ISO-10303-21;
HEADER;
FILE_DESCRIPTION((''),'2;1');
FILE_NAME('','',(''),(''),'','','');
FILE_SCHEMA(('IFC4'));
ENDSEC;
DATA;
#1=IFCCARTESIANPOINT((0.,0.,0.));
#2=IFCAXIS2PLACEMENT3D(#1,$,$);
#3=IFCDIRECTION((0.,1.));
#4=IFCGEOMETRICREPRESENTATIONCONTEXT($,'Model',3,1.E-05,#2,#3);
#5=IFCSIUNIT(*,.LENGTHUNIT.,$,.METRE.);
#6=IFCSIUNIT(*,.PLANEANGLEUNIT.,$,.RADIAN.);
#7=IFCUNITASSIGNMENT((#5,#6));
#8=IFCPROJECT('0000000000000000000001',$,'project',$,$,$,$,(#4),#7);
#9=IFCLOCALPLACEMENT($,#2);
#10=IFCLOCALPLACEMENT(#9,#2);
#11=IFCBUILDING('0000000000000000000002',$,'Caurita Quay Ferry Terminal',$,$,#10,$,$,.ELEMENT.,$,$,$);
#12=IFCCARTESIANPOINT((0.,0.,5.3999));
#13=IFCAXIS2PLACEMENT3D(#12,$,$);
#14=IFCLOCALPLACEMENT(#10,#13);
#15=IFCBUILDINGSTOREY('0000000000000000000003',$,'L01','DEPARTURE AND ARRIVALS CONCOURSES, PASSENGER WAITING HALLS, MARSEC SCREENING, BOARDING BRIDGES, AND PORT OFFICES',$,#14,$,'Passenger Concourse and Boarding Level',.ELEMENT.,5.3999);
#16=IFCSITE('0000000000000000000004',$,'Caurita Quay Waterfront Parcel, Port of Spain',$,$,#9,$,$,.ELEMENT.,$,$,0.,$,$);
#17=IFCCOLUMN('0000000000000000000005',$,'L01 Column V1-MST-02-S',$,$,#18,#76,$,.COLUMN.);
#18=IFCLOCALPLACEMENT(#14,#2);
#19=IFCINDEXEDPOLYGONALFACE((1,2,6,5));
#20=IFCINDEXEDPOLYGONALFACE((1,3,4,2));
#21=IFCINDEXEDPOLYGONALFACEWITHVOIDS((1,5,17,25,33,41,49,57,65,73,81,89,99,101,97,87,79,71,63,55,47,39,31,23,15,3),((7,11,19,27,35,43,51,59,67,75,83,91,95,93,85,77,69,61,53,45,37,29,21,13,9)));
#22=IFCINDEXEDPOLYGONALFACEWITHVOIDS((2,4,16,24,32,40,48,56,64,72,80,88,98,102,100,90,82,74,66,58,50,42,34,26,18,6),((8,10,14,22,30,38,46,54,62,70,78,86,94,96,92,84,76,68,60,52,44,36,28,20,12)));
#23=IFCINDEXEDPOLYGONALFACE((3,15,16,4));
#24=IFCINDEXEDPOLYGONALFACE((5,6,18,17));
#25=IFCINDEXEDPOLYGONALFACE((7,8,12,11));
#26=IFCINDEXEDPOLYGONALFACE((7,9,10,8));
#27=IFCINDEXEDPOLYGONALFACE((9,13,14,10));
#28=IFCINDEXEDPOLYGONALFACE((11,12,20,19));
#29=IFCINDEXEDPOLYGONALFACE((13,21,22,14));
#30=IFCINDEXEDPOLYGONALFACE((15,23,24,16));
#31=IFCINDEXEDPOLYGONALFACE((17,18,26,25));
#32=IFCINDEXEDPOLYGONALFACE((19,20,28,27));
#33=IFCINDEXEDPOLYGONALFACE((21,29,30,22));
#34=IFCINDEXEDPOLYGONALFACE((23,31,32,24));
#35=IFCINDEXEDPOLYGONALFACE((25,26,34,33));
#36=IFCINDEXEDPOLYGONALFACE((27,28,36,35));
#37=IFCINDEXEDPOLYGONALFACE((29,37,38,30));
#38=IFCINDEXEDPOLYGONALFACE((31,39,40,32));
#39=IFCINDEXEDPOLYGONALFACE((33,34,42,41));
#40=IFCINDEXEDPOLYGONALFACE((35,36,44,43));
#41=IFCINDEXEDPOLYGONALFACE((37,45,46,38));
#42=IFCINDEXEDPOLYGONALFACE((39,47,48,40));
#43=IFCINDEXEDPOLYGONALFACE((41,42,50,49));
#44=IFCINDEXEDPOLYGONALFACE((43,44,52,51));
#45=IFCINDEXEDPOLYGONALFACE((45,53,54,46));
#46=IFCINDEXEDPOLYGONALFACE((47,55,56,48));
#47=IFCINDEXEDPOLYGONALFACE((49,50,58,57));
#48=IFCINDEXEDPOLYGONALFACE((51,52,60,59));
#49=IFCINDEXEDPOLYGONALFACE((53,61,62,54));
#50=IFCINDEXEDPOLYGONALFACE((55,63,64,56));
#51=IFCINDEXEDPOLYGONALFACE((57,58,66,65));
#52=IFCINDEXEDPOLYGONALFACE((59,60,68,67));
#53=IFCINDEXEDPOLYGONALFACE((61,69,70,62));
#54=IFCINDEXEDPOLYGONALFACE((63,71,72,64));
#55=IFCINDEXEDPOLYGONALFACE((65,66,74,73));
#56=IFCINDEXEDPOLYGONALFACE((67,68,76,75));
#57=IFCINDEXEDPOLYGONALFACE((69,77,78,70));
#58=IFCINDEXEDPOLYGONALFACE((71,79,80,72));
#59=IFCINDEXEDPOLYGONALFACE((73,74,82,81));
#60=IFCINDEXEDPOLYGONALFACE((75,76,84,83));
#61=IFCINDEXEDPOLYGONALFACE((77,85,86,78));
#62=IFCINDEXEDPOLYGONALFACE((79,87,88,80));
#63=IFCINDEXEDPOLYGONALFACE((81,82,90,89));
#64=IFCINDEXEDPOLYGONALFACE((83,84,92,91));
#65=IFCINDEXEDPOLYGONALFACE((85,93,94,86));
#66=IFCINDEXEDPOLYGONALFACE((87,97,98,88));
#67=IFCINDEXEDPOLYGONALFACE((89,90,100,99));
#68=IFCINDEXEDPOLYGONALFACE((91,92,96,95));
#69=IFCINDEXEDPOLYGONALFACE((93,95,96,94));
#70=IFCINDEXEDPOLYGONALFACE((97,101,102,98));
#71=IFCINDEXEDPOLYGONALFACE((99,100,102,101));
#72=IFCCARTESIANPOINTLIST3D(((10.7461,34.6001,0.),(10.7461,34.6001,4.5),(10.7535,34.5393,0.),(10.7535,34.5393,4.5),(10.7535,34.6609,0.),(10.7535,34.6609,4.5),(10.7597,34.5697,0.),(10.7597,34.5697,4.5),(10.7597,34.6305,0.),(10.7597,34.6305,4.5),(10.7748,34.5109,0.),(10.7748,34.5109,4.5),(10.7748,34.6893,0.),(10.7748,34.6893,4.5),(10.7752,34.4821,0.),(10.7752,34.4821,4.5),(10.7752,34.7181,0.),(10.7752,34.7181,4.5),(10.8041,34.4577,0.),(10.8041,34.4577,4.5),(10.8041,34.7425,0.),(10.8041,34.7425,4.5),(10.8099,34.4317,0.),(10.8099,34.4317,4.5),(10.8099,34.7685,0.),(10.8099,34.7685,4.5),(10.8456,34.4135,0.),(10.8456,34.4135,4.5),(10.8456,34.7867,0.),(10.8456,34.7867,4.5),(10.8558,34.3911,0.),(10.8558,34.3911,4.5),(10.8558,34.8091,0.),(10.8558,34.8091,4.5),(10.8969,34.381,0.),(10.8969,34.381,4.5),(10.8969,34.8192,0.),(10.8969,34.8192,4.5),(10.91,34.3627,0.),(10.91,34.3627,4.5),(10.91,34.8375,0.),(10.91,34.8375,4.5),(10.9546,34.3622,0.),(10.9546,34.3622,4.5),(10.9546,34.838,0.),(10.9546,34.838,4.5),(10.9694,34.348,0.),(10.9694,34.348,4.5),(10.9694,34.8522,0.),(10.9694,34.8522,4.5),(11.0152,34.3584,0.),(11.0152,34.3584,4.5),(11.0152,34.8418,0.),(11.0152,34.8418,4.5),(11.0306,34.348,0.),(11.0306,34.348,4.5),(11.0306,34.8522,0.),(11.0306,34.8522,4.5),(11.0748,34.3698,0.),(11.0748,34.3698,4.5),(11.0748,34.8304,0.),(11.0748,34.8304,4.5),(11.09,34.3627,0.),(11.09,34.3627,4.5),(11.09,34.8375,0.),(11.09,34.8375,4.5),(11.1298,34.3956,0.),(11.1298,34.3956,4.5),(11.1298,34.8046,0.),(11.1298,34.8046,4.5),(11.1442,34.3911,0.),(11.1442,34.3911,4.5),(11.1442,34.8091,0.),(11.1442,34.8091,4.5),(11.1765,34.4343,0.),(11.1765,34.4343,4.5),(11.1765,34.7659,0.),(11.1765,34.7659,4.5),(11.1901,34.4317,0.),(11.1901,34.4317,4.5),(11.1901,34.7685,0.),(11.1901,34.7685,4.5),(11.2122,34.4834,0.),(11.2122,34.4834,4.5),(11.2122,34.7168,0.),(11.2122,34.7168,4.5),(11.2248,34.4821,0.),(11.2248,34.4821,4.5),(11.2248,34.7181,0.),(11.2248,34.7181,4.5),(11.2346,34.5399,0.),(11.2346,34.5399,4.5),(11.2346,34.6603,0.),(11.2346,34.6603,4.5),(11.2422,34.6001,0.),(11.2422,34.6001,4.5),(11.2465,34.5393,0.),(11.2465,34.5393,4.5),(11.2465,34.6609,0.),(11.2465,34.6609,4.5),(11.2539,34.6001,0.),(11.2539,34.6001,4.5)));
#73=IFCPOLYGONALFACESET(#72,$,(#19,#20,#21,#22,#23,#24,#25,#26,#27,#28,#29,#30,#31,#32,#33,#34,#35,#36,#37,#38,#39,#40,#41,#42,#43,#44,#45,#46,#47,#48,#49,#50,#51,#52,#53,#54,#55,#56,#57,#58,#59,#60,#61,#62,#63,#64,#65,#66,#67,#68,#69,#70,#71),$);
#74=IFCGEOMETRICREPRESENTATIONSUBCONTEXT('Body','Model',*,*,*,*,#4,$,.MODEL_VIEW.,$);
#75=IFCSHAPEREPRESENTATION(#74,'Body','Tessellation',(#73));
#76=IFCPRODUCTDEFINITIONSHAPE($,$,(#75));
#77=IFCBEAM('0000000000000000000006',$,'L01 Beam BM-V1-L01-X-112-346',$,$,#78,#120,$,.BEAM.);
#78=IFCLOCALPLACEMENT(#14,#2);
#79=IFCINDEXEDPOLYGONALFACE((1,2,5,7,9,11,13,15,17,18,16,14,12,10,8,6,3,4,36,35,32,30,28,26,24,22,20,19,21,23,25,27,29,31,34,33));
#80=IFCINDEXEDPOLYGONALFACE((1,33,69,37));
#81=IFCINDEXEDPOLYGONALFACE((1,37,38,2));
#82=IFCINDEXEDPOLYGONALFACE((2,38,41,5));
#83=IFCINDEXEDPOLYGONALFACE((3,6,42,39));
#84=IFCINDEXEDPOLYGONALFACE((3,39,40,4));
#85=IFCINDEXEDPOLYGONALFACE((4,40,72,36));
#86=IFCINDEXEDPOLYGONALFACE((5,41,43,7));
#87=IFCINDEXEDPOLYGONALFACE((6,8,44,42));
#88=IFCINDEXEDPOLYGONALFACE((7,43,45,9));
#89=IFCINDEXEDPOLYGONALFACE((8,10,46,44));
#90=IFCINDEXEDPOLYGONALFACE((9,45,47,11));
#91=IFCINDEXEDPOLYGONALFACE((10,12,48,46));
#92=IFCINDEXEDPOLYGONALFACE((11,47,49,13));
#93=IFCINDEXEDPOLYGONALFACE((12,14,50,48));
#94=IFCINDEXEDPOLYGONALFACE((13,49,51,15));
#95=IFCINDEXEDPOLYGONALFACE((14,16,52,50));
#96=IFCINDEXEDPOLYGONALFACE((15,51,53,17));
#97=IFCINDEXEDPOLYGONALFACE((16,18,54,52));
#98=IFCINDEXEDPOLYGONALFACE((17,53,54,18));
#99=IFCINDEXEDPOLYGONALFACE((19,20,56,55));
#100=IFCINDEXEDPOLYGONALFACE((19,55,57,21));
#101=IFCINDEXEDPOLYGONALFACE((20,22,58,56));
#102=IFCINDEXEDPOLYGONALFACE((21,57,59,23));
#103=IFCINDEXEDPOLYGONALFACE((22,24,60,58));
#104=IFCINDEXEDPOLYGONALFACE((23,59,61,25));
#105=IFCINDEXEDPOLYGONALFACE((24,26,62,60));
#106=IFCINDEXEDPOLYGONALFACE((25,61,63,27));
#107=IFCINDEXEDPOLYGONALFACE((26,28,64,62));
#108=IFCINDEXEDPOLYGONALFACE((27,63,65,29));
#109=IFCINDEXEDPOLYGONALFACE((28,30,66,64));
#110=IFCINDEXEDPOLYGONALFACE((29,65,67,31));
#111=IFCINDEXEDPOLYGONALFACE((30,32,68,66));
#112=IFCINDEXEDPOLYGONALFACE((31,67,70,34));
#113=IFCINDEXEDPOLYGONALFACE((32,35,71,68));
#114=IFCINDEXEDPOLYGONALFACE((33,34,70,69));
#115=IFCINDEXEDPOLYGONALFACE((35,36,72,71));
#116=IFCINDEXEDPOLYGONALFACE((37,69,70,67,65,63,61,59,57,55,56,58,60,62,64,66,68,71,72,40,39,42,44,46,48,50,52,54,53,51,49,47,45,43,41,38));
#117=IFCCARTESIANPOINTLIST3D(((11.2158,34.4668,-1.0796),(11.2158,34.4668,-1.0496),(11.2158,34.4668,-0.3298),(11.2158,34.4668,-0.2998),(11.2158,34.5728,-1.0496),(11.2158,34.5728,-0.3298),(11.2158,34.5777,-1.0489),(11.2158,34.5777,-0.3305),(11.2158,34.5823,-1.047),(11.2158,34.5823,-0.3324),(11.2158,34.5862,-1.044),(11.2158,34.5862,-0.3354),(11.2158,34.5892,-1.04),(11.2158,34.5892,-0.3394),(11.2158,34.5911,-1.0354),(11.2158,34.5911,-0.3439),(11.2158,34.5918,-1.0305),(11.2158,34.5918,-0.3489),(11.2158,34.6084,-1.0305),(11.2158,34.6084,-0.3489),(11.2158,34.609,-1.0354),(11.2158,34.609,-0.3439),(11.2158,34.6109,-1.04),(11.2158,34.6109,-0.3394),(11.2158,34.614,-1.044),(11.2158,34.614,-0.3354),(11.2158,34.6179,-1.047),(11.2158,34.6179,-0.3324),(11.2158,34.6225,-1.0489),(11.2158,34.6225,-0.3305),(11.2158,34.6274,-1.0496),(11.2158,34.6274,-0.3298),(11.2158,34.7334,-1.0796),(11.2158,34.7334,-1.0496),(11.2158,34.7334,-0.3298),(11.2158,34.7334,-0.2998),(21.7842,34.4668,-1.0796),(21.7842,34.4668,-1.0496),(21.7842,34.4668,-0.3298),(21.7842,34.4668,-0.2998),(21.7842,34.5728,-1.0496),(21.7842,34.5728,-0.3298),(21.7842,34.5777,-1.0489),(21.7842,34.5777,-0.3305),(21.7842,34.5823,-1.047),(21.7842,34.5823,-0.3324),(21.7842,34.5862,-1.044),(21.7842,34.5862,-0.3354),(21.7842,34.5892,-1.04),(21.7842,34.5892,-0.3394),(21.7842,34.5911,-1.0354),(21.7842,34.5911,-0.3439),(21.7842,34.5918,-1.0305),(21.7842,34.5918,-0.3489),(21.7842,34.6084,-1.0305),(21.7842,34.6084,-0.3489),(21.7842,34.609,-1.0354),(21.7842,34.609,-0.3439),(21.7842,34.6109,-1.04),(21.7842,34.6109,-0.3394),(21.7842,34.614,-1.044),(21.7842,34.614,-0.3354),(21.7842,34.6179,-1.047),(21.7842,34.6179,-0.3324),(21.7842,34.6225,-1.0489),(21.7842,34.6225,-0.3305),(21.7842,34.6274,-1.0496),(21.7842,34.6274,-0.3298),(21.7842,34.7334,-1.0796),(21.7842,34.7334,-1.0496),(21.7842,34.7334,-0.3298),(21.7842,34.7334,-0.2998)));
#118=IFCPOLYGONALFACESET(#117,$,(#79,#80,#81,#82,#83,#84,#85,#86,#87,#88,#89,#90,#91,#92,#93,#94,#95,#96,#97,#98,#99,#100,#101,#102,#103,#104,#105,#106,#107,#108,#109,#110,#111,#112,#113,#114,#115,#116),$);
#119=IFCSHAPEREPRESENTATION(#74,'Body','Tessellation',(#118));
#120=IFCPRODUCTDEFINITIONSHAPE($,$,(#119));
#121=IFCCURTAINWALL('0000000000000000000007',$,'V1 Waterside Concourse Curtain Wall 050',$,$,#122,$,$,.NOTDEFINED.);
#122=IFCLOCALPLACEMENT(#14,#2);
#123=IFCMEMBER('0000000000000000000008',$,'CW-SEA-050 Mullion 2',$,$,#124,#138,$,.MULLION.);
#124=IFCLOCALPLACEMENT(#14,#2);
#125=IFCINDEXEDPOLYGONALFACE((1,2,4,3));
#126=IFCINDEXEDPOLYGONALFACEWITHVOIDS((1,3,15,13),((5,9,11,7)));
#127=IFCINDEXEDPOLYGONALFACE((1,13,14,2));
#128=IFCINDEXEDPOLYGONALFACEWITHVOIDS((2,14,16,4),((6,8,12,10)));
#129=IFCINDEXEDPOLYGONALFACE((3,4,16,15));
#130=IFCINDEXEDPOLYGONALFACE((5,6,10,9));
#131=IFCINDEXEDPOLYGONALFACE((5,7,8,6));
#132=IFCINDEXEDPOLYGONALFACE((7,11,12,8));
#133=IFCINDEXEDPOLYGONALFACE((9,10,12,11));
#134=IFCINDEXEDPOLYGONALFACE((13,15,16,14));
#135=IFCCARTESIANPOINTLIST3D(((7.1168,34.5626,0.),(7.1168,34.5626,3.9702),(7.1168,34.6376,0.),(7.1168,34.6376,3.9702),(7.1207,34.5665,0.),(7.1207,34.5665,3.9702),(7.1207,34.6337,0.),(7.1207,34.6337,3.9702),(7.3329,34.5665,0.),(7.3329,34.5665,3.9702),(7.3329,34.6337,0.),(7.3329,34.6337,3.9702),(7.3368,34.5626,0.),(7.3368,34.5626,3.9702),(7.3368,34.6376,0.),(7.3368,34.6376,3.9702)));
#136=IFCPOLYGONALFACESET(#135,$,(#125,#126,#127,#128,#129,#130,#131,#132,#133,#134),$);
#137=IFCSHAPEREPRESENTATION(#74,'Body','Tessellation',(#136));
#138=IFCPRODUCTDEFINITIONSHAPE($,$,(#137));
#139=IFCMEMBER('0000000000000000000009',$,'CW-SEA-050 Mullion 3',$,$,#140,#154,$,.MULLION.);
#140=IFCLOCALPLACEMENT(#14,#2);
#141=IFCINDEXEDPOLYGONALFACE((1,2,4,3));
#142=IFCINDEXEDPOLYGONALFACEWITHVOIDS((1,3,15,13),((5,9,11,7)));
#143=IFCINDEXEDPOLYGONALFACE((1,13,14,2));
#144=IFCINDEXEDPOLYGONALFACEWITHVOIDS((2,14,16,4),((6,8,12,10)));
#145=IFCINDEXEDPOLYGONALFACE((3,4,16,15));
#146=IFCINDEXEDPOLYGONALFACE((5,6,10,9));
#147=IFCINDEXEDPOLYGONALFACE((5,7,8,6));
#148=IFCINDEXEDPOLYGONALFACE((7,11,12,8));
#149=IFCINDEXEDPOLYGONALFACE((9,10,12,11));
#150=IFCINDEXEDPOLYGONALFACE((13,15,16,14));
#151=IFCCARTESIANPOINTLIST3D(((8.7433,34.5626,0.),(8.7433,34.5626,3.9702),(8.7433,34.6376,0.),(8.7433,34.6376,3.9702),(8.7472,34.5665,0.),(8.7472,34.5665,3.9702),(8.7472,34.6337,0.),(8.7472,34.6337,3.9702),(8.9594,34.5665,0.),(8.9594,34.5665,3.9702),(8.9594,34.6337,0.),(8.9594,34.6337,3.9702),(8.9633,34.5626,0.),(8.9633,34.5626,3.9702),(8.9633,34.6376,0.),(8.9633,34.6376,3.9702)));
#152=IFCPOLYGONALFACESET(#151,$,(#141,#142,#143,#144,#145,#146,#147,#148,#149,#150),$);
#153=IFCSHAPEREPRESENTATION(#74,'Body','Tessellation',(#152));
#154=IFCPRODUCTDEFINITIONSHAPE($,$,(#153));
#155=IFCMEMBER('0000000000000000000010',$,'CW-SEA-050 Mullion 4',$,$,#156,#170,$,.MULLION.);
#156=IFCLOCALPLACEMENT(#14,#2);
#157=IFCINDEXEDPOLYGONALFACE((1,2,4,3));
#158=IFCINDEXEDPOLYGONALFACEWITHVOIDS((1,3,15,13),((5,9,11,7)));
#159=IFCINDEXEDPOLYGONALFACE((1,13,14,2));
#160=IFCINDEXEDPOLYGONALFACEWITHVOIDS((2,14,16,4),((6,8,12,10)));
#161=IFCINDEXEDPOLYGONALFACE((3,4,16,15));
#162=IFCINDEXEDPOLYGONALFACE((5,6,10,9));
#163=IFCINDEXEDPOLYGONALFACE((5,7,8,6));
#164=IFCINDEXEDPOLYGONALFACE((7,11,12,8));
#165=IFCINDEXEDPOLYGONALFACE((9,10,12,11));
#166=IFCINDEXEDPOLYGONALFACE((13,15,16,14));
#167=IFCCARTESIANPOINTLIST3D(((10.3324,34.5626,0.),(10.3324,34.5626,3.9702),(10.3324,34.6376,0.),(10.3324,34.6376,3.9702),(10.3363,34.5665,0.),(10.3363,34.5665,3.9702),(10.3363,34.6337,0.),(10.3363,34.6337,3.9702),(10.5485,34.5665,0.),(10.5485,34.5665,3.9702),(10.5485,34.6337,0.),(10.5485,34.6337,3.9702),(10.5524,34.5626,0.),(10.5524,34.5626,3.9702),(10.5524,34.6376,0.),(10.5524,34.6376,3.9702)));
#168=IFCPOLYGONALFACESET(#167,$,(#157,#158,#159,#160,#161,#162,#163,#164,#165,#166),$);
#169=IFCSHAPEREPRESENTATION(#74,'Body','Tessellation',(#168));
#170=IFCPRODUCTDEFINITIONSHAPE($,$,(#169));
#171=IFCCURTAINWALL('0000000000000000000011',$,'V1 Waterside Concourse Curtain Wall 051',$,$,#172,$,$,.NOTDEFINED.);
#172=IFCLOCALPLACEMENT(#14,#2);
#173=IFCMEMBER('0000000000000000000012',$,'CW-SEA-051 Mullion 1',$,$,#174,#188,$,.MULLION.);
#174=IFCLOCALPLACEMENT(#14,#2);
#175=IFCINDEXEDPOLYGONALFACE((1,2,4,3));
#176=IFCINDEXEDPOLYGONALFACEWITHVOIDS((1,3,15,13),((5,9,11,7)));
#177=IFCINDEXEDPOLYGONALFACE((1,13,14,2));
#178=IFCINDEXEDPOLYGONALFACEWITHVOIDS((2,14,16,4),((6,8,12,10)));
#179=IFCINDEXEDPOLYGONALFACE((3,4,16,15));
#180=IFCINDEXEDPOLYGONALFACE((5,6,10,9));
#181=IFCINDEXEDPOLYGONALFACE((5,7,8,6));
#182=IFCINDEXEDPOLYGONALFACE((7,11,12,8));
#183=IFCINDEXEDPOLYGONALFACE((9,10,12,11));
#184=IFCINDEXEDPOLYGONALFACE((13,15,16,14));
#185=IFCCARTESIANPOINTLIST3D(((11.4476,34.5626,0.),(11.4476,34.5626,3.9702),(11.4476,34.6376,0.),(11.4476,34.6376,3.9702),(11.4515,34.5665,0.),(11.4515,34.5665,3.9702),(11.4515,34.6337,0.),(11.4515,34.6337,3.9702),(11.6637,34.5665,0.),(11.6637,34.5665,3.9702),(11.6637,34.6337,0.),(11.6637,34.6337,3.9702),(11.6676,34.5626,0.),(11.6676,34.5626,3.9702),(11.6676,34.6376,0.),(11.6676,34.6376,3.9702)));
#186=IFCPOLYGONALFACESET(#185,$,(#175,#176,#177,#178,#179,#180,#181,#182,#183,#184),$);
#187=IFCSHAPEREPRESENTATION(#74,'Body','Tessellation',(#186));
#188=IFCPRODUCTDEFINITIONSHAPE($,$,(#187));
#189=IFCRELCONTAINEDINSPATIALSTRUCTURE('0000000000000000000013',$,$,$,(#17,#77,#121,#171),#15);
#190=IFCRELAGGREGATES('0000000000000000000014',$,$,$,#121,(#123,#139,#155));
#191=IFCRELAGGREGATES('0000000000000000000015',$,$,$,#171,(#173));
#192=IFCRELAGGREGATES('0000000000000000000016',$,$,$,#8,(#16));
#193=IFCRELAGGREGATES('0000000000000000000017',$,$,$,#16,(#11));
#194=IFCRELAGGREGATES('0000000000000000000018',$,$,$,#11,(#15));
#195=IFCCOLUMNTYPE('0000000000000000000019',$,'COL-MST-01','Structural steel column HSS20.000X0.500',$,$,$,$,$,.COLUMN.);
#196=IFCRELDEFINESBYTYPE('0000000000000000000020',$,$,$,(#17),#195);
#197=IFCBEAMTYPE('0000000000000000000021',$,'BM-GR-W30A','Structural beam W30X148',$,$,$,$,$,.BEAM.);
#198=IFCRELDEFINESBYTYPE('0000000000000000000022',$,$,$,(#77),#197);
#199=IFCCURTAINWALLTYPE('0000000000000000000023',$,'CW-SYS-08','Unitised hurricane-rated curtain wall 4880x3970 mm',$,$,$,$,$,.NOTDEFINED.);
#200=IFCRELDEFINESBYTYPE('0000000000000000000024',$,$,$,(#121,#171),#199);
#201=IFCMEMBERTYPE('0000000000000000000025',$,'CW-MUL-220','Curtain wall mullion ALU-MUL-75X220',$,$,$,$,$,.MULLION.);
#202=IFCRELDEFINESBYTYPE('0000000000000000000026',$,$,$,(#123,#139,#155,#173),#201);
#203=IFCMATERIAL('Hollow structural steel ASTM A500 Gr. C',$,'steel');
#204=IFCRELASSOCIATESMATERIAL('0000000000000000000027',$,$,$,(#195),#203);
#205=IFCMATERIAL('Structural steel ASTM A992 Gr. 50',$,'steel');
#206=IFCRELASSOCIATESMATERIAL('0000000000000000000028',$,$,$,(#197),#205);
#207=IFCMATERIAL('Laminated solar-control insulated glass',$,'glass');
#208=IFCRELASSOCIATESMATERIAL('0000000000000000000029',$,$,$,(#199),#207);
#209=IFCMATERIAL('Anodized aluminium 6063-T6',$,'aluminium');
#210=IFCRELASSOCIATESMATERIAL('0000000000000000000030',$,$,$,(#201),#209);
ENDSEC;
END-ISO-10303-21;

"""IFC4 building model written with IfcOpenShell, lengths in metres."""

from ifc_helpers import new_model, si_unit, direction, frame, origin, origin_2d, place, context, subcontext, project, spatial, hollow_rectangle, hollow_circle, i_section, extrude, material, material_profile, profile_set, type_object, element, aggregate, save


model = new_model("IFC4")

# Units and contexts
model_context = context("Model", 3, precision=1e-05, world=origin(), true_north=direction((0.0, 1.0)))
body_context = subcontext(model_context, "Body", "Model", "MODEL_VIEW")
ifc_project = project(units=[si_unit("LENGTHUNIT", "METRE"), si_unit("PLANEANGLEUNIT", "RADIAN")], contexts=[model_context])

# Site, building, storey
site_placement = place(None, origin())
site = spatial("IfcSite", under=ifc_project, at=site_placement, Name="Caurita Quay Waterfront Parcel, Port of Spain", CompositionType="ELEMENT", RefElevation=0.0)
building_placement = place(site_placement, origin())
building = spatial("IfcBuilding", under=site, at=building_placement, Name="Caurita Quay Ferry Terminal", CompositionType="ELEMENT")
storey_placement = place(building_placement, frame((0.0, 0.0, 5.3999)))
storey = spatial("IfcBuildingStorey", under=building, at=storey_placement, Name="L01", Description="DEPARTURE AND ARRIVALS CONCOURSES, PASSENGER WAITING HALLS, MARSEC SCREENING, BOARDING BRIDGES, AND PORT OFFICES", LongName="Passenger Concourse and Boarding Level", CompositionType="ELEMENT", Elevation=5.3999)

# Column
ifc_material_1 = material(Name="Hollow structural steel ASTM A500 Gr. C", Category="steel")
ifc_material_profile_1 = material_profile(ifc_material_1, hollow_circle(Radius=0.2539, WallThickness=0.0117, at=origin_2d()), Name="HSS20.000X0.500")
ifc_profile_set_1 = profile_set([ifc_material_profile_1], Name="Hollow structural steel ASTM A500 Gr. C")
column_type = type_object("IfcColumnType", Name="COL-MST-01", Description="Structural steel column HSS20.000X0.500", PredefinedType="COLUMN", material=ifc_profile_set_1)
column_placement = place(storey_placement, frame((11.0, 34.6001, 0.0), z_axis=(0.0, 0.0, 1.0), x_axis=(1.0, 0.0, 0.0)))
element("IfcColumn", 1, at=column_placement, inside=storey, type_object=column_type, Name="L01 Column V1-MST-02-S", PredefinedType="COLUMN", context=body_context, shape_type="SweptSolid", body=[
    extrude(hollow_circle(Radius=0.2539, WallThickness=0.0117, at=origin_2d()), origin(), (0.0, 0.0, 1.0), 4.5),
])

# Beam
ifc_material_2 = material(Name="Structural steel ASTM A992 Gr. 50", Category="steel")
ifc_material_profile_2 = material_profile(ifc_material_2, i_section(OverallWidth=0.2666, OverallDepth=0.7798, WebThickness=0.0166, FlangeThickness=0.03, FilletRadius=0.019, at=origin_2d()), Name="W30X148")
ifc_profile_set_2 = profile_set([ifc_material_profile_2], Name="Structural steel ASTM A992 Gr. 50")
beam_type = type_object("IfcBeamType", Name="BM-GR-W30A", Description="Structural beam W30X148", PredefinedType="BEAM", material=ifc_profile_set_2)
beam_placement = place(storey_placement, frame((11.2158, 34.6001, -0.6897), z_axis=(1.0, 0.0, 0.0), x_axis=(0.0, 1.0, 0.0)))
element("IfcBeam", 2, at=beam_placement, inside=storey, type_object=beam_type, Name="L01 Beam BM-V1-L01-X-112-346", PredefinedType="BEAM", context=body_context, shape_type="SweptSolid", body=[
    extrude(i_section(OverallWidth=0.2666, OverallDepth=0.7798, WebThickness=0.0166, FlangeThickness=0.03, FilletRadius=0.019, at=origin_2d()), origin(), (0.0, 0.0, 1.0), 10.5684),
])

# Curtain walls, members
ifc_material_3 = material(Name="Laminated solar-control insulated glass", Category="glass")
curtain_wall_type = type_object("IfcCurtainWallType", Name="CW-SYS-08", Description="Unitised hurricane-rated curtain wall 4880x3970 mm", PredefinedType="NOTDEFINED", material=ifc_material_3)
curtain_wall_1_placement = place(storey_placement, origin())
curtain_wall_1 = element("IfcCurtainWall", 3, at=curtain_wall_1_placement, inside=storey, type_object=curtain_wall_type, Name="V1 Waterside Concourse Curtain Wall 050", PredefinedType="NOTDEFINED")
ifc_material_4 = material(Name="Anodized aluminium 6063-T6", Category="aluminium")
ifc_material_profile_3 = material_profile(ifc_material_4, hollow_rectangle(XDim=0.075, YDim=0.22, WallThickness=0.0039, at=origin_2d()), Name="ALU-MUL-75X220")
ifc_profile_set_3 = profile_set([ifc_material_profile_3], Name="Anodized aluminium 6063-T6")
member_type_1 = type_object("IfcMemberType", Name="CW-MUL-220", Description="Curtain wall mullion ALU-MUL-75X220", PredefinedType="MULLION", material=ifc_profile_set_3)
member_1_placement = place(storey_placement, frame((7.2268, 34.6001, 0.0), z_axis=(0.0, 0.0, 1.0), x_axis=(0.0, 1.0, 0.0)))
member_1 = element("IfcMember", 4, at=member_1_placement, type_object=member_type_1, Name="CW-SEA-050 Mullion 2", PredefinedType="MULLION", context=body_context, shape_type="SweptSolid", body=[
    extrude(hollow_rectangle(XDim=0.075, YDim=0.22, WallThickness=0.0039, at=origin_2d()), origin(), (0.0, 0.0, 1.0), 3.9702),
])
member_2_placement = place(storey_placement, frame((8.8533, 34.6001, 0.0), z_axis=(0.0, 0.0, 1.0), x_axis=(0.0, 1.0, 0.0)))
member_2 = element("IfcMember", 5, at=member_2_placement, type_object=member_type_1, Name="CW-SEA-050 Mullion 3", PredefinedType="MULLION", context=body_context, shape_type="SweptSolid", body=[
    extrude(hollow_rectangle(XDim=0.075, YDim=0.22, WallThickness=0.0039, at=origin_2d()), origin(), (0.0, 0.0, 1.0), 3.9702),
])
member_3_placement = place(storey_placement, frame((10.4424, 34.6001, 0.0), z_axis=(0.0, 0.0, 1.0), x_axis=(0.0, 1.0, 0.0)))
member_3 = element("IfcMember", 6, at=member_3_placement, type_object=member_type_1, Name="CW-SEA-050 Mullion 4", PredefinedType="MULLION", context=body_context, shape_type="SweptSolid", body=[
    extrude(hollow_rectangle(XDim=0.075, YDim=0.22, WallThickness=0.0039, at=origin_2d()), origin(), (0.0, 0.0, 1.0), 3.9702),
])
curtain_wall_2_placement = place(storey_placement, origin())
curtain_wall_2 = element("IfcCurtainWall", 7, at=curtain_wall_2_placement, inside=storey, type_object=curtain_wall_type, Name="V1 Waterside Concourse Curtain Wall 051", PredefinedType="NOTDEFINED")
member_4_placement = place(storey_placement, frame((11.5576, 34.6001, 0.0), z_axis=(0.0, 0.0, 1.0), x_axis=(0.0, 1.0, 0.0)))
member_4 = element("IfcMember", 8, at=member_4_placement, type_object=member_type_1, Name="CW-SEA-051 Mullion 1", PredefinedType="MULLION", context=body_context, shape_type="SweptSolid", body=[
    extrude(hollow_rectangle(XDim=0.075, YDim=0.22, WallThickness=0.0039, at=origin_2d()), origin(), (0.0, 0.0, 1.0), 3.9702),
])

aggregate(curtain_wall_1, [member_1, member_2, member_3])
aggregate(curtain_wall_2, [member_4])

save(model, "model.ifc")
